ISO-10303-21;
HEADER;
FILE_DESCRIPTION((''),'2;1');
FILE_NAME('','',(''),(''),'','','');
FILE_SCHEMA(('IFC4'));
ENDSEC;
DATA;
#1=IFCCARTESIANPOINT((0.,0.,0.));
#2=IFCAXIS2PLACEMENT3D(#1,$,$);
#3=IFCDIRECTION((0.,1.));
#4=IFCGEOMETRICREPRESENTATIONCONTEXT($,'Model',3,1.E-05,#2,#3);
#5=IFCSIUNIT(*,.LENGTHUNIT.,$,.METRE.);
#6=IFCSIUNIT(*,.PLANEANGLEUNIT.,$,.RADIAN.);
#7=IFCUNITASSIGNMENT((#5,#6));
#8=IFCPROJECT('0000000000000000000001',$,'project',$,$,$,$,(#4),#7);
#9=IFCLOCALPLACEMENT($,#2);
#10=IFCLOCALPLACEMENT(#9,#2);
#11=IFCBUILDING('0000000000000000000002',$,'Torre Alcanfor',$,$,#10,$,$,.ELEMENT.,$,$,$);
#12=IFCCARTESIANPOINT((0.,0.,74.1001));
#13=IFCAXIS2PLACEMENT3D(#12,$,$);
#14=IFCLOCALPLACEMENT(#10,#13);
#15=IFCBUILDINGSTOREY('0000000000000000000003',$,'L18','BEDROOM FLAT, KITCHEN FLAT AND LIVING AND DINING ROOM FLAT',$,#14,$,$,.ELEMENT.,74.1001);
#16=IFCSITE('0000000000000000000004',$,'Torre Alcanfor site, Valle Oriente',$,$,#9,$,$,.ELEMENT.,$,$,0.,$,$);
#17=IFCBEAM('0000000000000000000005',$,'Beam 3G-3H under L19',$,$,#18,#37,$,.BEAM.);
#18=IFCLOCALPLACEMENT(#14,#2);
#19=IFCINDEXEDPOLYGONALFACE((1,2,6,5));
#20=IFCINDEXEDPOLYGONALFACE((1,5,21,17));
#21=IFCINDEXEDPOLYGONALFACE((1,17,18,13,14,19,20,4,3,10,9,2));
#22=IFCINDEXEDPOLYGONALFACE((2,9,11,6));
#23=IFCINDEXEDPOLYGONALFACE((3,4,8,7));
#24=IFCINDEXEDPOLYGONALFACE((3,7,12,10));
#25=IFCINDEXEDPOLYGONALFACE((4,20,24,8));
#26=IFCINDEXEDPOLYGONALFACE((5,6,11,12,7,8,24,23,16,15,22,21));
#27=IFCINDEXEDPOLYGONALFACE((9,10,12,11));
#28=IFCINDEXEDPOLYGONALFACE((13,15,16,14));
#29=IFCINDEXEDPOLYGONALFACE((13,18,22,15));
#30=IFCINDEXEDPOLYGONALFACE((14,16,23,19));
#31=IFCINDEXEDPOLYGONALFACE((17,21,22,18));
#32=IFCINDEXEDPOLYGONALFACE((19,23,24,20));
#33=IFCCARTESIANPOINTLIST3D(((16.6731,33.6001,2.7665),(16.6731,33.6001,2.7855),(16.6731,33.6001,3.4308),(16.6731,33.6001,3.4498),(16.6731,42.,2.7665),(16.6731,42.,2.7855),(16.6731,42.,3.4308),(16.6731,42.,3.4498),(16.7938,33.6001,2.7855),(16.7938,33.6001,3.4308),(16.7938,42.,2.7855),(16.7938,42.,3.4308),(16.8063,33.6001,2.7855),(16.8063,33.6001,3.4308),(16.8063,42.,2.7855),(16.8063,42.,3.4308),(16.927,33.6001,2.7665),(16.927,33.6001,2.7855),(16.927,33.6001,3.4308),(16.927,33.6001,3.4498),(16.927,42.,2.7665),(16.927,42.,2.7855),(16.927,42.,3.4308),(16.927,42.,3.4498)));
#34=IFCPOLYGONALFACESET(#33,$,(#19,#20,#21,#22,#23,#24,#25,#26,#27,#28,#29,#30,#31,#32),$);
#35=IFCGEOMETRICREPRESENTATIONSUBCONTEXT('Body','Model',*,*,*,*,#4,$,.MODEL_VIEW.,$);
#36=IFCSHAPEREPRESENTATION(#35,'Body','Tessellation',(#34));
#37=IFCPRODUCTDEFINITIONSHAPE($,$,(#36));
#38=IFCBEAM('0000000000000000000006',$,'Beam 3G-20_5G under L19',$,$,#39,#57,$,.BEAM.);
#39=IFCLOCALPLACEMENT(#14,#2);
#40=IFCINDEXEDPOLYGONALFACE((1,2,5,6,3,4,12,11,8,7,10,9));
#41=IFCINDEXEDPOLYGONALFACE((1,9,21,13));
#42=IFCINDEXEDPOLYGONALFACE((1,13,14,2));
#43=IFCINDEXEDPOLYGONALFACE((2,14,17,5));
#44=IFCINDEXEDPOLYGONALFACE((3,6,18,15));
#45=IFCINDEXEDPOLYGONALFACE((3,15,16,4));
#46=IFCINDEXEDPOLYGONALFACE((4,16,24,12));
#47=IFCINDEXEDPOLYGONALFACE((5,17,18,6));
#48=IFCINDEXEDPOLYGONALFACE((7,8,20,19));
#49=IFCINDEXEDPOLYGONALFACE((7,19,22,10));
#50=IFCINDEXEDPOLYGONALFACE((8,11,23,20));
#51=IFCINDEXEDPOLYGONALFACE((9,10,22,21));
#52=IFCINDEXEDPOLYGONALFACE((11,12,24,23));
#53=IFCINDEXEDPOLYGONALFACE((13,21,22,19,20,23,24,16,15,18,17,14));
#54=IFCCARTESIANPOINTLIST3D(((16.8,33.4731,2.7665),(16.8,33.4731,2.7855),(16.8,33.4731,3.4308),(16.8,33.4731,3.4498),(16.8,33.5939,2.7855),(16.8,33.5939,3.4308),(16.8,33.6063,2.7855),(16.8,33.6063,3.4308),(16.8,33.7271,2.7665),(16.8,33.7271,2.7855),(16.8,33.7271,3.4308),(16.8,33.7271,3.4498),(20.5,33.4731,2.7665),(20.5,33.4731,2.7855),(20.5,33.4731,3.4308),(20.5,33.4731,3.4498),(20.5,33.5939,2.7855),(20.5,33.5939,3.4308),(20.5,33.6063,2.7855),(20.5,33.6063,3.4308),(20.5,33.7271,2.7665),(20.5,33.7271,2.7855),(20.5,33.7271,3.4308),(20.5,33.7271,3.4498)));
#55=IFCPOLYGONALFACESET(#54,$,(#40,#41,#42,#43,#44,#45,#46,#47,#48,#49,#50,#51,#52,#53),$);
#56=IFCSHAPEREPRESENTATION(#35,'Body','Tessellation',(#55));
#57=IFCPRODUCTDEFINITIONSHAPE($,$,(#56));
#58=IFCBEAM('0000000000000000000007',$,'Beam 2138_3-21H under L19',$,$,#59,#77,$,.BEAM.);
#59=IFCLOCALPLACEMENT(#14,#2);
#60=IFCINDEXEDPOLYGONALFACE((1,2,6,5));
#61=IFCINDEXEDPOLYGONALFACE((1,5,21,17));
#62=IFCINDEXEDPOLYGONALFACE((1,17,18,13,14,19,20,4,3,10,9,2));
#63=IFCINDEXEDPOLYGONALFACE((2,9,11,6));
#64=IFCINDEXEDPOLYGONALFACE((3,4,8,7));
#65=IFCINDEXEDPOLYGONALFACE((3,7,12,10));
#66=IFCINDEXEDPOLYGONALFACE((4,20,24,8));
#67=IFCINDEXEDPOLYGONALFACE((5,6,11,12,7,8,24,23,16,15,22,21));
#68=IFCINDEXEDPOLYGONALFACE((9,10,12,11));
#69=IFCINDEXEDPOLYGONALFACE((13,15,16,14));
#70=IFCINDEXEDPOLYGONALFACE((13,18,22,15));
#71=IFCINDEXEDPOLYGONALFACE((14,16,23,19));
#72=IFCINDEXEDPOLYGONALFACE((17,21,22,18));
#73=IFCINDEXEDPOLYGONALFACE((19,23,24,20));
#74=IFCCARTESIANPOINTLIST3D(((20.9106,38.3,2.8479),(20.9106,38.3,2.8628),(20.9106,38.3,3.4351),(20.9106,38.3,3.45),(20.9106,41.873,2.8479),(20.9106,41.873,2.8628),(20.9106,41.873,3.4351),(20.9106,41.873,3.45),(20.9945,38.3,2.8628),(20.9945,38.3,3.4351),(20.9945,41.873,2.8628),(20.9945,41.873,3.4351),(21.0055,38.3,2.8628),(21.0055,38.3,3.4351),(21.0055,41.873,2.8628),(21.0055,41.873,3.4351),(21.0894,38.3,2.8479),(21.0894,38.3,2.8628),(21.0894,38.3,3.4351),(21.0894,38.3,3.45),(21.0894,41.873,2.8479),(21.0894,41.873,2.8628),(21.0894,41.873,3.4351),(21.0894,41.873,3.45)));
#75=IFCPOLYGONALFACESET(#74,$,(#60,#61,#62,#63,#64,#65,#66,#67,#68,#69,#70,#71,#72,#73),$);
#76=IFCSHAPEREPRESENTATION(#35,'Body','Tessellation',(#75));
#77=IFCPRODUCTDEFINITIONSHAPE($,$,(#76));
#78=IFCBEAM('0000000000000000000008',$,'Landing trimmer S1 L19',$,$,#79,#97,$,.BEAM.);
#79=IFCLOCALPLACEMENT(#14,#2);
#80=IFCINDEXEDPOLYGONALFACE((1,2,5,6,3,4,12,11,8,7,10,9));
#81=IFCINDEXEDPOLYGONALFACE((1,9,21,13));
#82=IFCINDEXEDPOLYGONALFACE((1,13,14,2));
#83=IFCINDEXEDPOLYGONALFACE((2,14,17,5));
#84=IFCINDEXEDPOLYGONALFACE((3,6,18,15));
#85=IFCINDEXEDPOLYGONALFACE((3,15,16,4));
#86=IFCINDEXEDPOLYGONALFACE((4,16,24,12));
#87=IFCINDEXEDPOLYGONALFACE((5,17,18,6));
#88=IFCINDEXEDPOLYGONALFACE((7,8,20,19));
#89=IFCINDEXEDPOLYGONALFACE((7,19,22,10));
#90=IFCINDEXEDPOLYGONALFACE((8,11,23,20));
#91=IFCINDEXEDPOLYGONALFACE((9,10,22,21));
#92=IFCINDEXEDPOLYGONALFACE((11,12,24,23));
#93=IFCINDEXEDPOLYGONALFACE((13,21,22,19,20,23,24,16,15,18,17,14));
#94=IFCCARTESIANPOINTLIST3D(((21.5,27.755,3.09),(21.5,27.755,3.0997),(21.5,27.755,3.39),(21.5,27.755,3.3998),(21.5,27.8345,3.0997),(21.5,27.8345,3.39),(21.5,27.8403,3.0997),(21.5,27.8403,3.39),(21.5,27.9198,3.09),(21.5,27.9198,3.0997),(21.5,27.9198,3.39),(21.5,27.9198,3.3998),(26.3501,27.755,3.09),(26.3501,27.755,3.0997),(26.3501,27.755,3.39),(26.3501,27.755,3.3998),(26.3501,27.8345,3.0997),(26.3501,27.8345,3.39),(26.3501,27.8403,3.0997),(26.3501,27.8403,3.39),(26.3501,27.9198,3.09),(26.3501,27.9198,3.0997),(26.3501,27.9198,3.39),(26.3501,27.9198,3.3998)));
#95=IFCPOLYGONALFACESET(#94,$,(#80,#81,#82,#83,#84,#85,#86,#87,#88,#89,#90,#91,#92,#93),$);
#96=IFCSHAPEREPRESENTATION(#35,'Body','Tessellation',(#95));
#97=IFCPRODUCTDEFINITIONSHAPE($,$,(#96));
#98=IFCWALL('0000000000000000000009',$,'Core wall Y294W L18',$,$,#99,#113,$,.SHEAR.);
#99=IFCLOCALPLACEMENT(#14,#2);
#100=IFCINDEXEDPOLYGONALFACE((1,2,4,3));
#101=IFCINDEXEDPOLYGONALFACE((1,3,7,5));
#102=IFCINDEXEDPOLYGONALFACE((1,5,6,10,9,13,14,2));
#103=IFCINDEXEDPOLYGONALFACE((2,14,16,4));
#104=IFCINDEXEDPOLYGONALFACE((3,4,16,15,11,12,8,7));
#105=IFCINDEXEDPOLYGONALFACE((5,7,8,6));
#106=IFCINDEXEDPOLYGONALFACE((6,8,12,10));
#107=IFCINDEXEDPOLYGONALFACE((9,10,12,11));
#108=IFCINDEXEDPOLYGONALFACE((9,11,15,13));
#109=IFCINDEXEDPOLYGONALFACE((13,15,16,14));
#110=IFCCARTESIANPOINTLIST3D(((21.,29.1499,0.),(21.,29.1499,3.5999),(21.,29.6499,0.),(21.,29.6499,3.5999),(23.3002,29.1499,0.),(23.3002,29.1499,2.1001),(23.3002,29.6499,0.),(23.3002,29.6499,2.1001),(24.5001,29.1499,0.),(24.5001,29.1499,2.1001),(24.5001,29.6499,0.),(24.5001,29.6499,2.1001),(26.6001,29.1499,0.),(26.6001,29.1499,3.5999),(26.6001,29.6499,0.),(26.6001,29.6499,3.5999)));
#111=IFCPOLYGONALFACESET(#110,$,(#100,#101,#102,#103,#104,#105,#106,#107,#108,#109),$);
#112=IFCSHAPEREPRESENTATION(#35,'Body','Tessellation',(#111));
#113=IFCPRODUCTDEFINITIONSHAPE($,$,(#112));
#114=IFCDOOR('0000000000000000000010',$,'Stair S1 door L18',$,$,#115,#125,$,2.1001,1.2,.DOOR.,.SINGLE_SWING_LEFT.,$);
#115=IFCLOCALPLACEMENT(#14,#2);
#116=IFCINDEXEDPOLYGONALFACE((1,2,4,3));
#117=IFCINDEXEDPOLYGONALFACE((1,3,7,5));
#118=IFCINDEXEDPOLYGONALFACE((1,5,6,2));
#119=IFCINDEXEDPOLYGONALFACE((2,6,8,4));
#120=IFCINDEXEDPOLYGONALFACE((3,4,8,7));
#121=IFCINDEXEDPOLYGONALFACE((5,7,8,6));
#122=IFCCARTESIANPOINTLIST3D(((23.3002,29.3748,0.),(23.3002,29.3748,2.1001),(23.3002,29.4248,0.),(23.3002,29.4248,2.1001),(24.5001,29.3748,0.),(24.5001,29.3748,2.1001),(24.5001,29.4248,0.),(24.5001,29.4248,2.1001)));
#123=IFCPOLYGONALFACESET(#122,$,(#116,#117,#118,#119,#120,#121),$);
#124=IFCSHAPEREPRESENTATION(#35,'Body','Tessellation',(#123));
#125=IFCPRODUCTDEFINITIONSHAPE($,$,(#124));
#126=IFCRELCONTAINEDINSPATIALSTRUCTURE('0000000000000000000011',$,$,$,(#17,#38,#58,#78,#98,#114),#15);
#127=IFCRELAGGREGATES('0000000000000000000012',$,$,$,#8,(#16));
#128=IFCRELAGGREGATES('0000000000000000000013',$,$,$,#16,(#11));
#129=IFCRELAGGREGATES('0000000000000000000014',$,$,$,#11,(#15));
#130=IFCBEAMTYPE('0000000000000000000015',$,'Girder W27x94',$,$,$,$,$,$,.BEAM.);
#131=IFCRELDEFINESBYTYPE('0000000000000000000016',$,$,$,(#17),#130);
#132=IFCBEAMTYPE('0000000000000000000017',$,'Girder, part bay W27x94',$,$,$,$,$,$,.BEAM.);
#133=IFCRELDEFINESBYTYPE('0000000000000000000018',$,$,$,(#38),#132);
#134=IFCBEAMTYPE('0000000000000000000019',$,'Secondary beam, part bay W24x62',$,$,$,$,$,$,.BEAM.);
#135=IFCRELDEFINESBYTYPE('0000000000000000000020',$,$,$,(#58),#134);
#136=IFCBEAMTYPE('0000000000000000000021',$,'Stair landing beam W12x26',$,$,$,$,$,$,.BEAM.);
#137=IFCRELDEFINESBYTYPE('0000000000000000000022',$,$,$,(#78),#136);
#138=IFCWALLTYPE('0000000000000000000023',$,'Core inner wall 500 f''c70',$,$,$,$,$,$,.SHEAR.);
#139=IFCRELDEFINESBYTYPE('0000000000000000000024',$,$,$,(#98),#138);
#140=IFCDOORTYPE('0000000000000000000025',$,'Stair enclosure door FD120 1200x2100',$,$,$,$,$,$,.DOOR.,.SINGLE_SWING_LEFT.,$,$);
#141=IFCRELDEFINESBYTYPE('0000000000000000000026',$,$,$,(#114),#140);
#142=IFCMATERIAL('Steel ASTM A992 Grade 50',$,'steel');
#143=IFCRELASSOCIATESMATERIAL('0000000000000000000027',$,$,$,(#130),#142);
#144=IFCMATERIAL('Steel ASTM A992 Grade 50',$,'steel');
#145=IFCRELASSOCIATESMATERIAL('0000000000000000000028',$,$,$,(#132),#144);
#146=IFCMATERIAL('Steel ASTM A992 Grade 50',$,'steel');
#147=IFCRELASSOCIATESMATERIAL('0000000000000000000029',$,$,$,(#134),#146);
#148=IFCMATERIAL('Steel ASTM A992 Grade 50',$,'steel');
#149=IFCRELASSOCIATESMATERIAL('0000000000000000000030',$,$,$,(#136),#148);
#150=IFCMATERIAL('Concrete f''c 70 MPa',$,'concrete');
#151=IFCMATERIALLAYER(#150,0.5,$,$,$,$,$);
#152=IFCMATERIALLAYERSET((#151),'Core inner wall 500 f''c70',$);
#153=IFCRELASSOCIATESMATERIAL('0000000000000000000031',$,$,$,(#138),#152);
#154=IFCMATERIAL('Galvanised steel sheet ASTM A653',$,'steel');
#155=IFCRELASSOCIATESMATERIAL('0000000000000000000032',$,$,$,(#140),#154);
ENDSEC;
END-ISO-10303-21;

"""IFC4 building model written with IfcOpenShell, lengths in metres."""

from ifc_helpers import new_model, si_unit, direction, frame, frame_2d, origin, origin_2d, place, context, subcontext, project, spatial, rectangle, i_section, extrude, material, layer, layer_set, material_profile, profile_set, type_object, element, fill, save


model = new_model("IFC4")

# Units and contexts
model_context = context("Model", 3, precision=1e-05, world=origin(), true_north=direction((0.0, 1.0)))
body_context = subcontext(model_context, "Body", "Model", "MODEL_VIEW")
ifc_project = project(units=[si_unit("LENGTHUNIT", "METRE"), si_unit("PLANEANGLEUNIT", "RADIAN")], contexts=[model_context])

# Site, building, storey
site_placement = place(None, origin())
site = spatial("IfcSite", under=ifc_project, at=site_placement, Name="Torre Alcanfor site, Valle Oriente", CompositionType="ELEMENT", RefElevation=0.0)
building_placement = place(site_placement, origin())
building = spatial("IfcBuilding", under=site, at=building_placement, Name="Torre Alcanfor", CompositionType="ELEMENT")
storey_placement = place(building_placement, frame((0.0, 0.0, 74.1001)))
storey = spatial("IfcBuildingStorey", under=building, at=storey_placement, Name="L18", Description="BEDROOM FLAT, KITCHEN FLAT AND LIVING AND DINING ROOM FLAT", CompositionType="ELEMENT", Elevation=74.1001)

# Beams
ifc_material_1 = material(Name="Steel ASTM A992 Grade 50", Category="steel")
ifc_material_profile_1 = material_profile(ifc_material_1, i_section(OverallWidth=0.2539, OverallDepth=0.6833, WebThickness=0.0125, FlangeThickness=0.019, at=origin_2d()), Name="W27x94")
ifc_profile_set_1 = profile_set([ifc_material_profile_1], Name="Steel ASTM A992 Grade 50")
beam_type_1 = type_object("IfcBeamType", Name="Girder W27x94", PredefinedType="BEAM", material=ifc_profile_set_1)
beam_1_placement = place(storey_placement, frame((16.8, 33.6001, 3.1082), z_axis=(0.0, 1.0, 0.0), x_axis=(-1.0, 0.0, 0.0)))
element("IfcBeam", 1, at=beam_1_placement, inside=storey, type_object=beam_type_1, Name="Beam 3G-3H under L19", PredefinedType="BEAM", context=body_context, shape_type="SweptSolid", body=[
    extrude(i_section(OverallWidth=0.2539, OverallDepth=0.6833, WebThickness=0.0125, FlangeThickness=0.019, at=origin_2d()), origin(), (0.0, 0.0, 1.0), 8.3999),
])
ifc_material_2 = material(Name="Steel ASTM A992 Grade 50", Category="steel")
ifc_material_profile_2 = material_profile(ifc_material_2, i_section(OverallWidth=0.2539, OverallDepth=0.6833, WebThickness=0.0125, FlangeThickness=0.019, at=origin_2d()), Name="W27x94")
ifc_profile_set_2 = profile_set([ifc_material_profile_2], Name="Steel ASTM A992 Grade 50")
beam_type_2 = type_object("IfcBeamType", Name="Girder, part bay W27x94", PredefinedType="BEAM", material=ifc_profile_set_2)
beam_2_placement = place(storey_placement, frame((16.8, 33.6001, 3.1082), z_axis=(1.0, 0.0, 0.0), x_axis=(0.0, 1.0, 0.0)))
element("IfcBeam", 2, at=beam_2_placement, inside=storey, type_object=beam_type_2, Name="Beam 3G-20_5G under L19", PredefinedType="BEAM", context=body_context, shape_type="SweptSolid", body=[
    extrude(i_section(OverallWidth=0.2539, OverallDepth=0.6833, WebThickness=0.0125, FlangeThickness=0.019, at=origin_2d()), origin(), (0.0, 0.0, 1.0), 3.7),
])
ifc_material_3 = material(Name="Steel ASTM A992 Grade 50", Category="steel")
ifc_material_profile_3 = material_profile(ifc_material_3, i_section(OverallWidth=0.1787, OverallDepth=0.6021, WebThickness=0.011, FlangeThickness=0.0149, at=origin_2d()), Name="W24x62")
ifc_profile_set_3 = profile_set([ifc_material_profile_3], Name="Steel ASTM A992 Grade 50")
beam_type_3 = type_object("IfcBeamType", Name="Secondary beam, part bay W24x62", PredefinedType="BEAM", material=ifc_profile_set_3)
beam_3_placement = place(storey_placement, frame((21.0, 38.3, 3.1489), z_axis=(0.0, 1.0, 0.0), x_axis=(-1.0, 0.0, 0.0)))
element("IfcBeam", 3, at=beam_3_placement, inside=storey, type_object=beam_type_3, Name="Beam 2138_3-21H under L19", PredefinedType="BEAM", context=body_context, shape_type="SweptSolid", body=[
    extrude(i_section(OverallWidth=0.1787, OverallDepth=0.6021, WebThickness=0.011, FlangeThickness=0.0149, at=origin_2d()), origin(), (0.0, 0.0, 1.0), 3.573),
])
ifc_material_4 = material(Name="Steel ASTM A992 Grade 50", Category="steel")
ifc_material_profile_4 = material_profile(ifc_material_4, i_section(OverallWidth=0.1648, OverallDepth=0.3098, WebThickness=0.0059, FlangeThickness=0.0098, at=origin_2d()), Name="W12x26")
ifc_profile_set_4 = profile_set([ifc_material_profile_4], Name="Steel ASTM A992 Grade 50")
beam_type_4 = type_object("IfcBeamType", Name="Stair landing beam W12x26", PredefinedType="BEAM", material=ifc_profile_set_4)
beam_4_placement = place(storey_placement, frame((21.5, 27.8374, 3.2449), z_axis=(1.0, 0.0, 0.0), x_axis=(0.0, 1.0, 0.0)))
element("IfcBeam", 4, at=beam_4_placement, inside=storey, type_object=beam_type_4, Name="Landing trimmer S1 L19", PredefinedType="BEAM", context=body_context, shape_type="SweptSolid", body=[
    extrude(i_section(OverallWidth=0.1648, OverallDepth=0.3098, WebThickness=0.0059, FlangeThickness=0.0098, at=origin_2d()), origin(), (0.0, 0.0, 1.0), 4.8501),
])

# Wall, opening, door
ifc_material_5 = material(Name="Concrete f'c 70 MPa", Category="concrete")
ifc_layer_1 = layer(ifc_material_5, 0.5)
ifc_layer_set_1 = layer_set([ifc_layer_1], Name="Core inner wall 500 f'c70")
wall_type_1 = type_object("IfcWallType", Name="Core inner wall 500 f'c70", PredefinedType="SHEAR", material=ifc_layer_set_1)
wall_1_placement = place(storey_placement, frame((21.0, 29.3999, 0.0), z_axis=(0.0, 0.0, 1.0), x_axis=(1.0, 0.0, 0.0)))
wall_1 = element("IfcWall", 5, at=wall_1_placement, inside=storey, type_object=wall_type_1, Name="Core wall Y294W L18", PredefinedType="SHEAR", context=body_context, shape_type="SweptSolid", body=[
    extrude(rectangle(XDim=5.6001, YDim=0.5, at=frame_2d((2.8, 0.0))), origin(), (0.0, 0.0, 1.0), 3.5999),
])
opening_1_placement = place(wall_1_placement, frame((2.3, 0.0, 0.0)))
opening_1 = element("IfcOpeningElement", 6, at=opening_1_placement, cuts=wall_1, PredefinedType="OPENING", context=body_context, shape_type="SweptSolid", body=[
    extrude(rectangle(XDim=1.2, YDim=2.1001, at=frame_2d((0.6001, 1.05))), frame((0.0, 0.26, 0.0), z_axis=(0.0, -1.0, 0.0), x_axis=(1.0, 0.0, 0.0)), (0.0, 0.0, 1.0), 0.52),
])
ifc_material_6 = material(Name="Galvanised steel sheet ASTM A653", Category="steel")
door_type_1 = type_object("IfcDoorType", Name="Stair enclosure door FD120 1200x2100", OperationType="SINGLE_SWING_LEFT", PredefinedType="DOOR", material=ifc_material_6)
door_1_placement = place(opening_1_placement, frame((1.2, 0.0, 0.0), z_axis=(0.0, 0.0, 1.0), x_axis=(-1.0, 0.0, 0.0)))
door_1 = element("IfcDoor", 7, at=door_1_placement, inside=storey, type_object=door_type_1, Name="Stair S1 door L18", OperationType="SINGLE_SWING_LEFT", OverallHeight=2.1001, OverallWidth=1.2, PredefinedType="DOOR", context=body_context, shape_type="SweptSolid", body=[
    extrude(rectangle(XDim=1.2, YDim=2.1001, at=frame_2d((0.5999, 1.05))), frame((0.0, 0.0251, 0.0), z_axis=(0.0, -1.0, 0.0), x_axis=(1.0, 0.0, 0.0)), (0.0, 0.0, 1.0), 0.05),
])
fill(opening_1, door_1)

save(model, "model.ifc")
